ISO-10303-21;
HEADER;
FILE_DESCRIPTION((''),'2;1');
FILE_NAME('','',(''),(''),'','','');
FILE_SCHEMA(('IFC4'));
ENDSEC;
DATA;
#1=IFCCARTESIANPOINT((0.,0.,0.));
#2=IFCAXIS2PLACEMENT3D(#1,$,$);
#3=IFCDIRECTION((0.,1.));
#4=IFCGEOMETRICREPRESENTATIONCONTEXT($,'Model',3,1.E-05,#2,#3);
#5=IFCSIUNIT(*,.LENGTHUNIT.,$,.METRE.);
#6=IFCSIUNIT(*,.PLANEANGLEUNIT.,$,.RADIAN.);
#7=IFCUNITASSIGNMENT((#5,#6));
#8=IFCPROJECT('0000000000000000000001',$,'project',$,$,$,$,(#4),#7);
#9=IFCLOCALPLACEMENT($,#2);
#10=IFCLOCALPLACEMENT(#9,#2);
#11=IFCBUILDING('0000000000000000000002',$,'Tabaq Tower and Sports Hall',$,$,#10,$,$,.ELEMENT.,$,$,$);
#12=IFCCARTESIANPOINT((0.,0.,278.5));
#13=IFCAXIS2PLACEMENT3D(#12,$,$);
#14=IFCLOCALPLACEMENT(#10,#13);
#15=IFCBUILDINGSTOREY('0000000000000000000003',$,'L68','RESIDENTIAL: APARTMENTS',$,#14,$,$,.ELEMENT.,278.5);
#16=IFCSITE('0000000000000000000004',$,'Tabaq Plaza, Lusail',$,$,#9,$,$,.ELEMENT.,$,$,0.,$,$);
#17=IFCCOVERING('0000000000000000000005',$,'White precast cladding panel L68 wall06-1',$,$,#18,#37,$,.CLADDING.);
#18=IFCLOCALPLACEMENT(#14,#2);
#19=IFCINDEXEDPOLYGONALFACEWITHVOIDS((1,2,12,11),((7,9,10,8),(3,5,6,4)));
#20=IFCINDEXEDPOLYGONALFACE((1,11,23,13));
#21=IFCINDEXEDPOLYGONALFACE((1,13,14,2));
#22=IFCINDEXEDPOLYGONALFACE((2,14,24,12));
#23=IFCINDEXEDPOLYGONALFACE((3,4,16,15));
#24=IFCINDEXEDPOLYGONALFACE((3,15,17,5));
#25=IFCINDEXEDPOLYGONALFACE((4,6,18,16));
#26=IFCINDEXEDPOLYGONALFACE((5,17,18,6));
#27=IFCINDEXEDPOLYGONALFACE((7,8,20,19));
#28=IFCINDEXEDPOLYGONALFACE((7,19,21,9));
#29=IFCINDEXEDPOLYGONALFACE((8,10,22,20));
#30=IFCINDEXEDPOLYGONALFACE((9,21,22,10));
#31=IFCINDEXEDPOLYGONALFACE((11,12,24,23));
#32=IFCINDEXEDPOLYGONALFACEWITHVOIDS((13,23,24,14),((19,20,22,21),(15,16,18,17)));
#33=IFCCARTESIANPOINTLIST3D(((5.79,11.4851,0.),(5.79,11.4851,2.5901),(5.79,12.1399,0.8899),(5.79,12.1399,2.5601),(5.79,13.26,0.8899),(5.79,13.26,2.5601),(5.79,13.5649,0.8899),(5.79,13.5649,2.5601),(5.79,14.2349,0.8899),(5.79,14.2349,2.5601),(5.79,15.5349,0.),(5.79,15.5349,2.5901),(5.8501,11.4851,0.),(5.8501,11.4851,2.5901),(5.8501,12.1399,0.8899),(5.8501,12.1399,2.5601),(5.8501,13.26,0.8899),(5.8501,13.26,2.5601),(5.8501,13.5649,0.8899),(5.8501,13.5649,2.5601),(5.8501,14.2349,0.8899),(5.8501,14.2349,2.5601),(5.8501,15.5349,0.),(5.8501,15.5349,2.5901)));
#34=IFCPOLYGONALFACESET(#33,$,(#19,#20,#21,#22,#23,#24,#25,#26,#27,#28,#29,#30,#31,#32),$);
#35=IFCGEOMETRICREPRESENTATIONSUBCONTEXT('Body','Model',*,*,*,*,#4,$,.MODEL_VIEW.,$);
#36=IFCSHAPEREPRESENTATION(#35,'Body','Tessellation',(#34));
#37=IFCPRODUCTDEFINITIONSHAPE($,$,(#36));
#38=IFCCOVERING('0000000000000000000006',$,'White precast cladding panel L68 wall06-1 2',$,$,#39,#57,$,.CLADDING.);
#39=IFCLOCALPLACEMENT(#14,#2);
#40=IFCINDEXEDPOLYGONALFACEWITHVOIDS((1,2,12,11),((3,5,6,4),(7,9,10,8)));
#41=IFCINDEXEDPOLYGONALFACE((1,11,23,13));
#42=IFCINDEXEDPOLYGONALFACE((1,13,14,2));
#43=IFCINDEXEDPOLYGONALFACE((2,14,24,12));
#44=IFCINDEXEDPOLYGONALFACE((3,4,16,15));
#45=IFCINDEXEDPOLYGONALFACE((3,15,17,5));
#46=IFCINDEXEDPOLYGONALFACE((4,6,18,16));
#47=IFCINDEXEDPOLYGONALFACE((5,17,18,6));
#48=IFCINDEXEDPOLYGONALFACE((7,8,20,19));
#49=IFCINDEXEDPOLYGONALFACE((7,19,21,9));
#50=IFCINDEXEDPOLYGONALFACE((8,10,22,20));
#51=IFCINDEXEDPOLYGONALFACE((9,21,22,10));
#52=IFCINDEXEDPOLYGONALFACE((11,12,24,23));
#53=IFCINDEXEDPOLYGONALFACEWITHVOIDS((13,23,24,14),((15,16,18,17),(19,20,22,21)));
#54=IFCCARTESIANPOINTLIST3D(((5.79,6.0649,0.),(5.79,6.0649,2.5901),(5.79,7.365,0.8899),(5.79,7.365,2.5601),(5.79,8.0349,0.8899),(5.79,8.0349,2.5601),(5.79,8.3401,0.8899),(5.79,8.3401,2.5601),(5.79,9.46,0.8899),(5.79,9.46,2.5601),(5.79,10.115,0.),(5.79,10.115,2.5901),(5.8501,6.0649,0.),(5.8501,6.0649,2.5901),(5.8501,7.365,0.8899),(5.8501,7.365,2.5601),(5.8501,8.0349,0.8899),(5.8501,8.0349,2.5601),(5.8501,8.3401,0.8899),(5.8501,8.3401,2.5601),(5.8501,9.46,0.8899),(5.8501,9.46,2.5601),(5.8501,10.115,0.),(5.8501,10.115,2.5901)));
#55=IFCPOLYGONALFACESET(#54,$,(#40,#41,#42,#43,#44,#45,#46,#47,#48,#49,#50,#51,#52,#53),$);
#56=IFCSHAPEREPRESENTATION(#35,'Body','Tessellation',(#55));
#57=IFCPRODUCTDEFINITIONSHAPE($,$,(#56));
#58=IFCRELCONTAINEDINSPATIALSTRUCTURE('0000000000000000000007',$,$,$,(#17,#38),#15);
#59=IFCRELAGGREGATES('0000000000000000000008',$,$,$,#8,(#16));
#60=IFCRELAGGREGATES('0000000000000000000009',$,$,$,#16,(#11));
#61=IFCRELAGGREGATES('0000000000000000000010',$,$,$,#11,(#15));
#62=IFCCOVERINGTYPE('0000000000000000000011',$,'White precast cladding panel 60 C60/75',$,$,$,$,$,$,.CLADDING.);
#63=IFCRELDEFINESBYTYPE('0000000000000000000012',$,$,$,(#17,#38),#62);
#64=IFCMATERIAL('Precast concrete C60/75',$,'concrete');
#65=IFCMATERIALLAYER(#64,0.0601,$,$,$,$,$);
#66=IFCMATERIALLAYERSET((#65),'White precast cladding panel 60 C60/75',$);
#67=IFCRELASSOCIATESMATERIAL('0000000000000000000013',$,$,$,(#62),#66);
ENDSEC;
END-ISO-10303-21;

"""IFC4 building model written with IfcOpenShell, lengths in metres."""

from ifc_helpers import new_model, si_unit, direction, frame, origin, place, context, subcontext, project, spatial, polyline, outline, extrude, material, layer, layer_set, type_object, element, save


model = new_model("IFC4")

# Units and contexts
model_context = context("Model", 3, precision=1e-05, world=origin(), true_north=direction((0.0, 1.0)))
body_context = subcontext(model_context, "Body", "Model", "MODEL_VIEW")
ifc_project = project(units=[si_unit("LENGTHUNIT", "METRE"), si_unit("PLANEANGLEUNIT", "RADIAN")], contexts=[model_context])

# Site, building, storey
site_placement = place(None, origin())
site = spatial("IfcSite", under=ifc_project, at=site_placement, Name="Tabaq Plaza, Lusail", CompositionType="ELEMENT", RefElevation=0.0)
building_placement = place(site_placement, origin())
building = spatial("IfcBuilding", under=site, at=building_placement, Name="Tabaq Tower and Sports Hall", CompositionType="ELEMENT")
storey_placement = place(building_placement, frame((0.0, 0.0, 278.5)))
storey = spatial("IfcBuildingStorey", under=building, at=storey_placement, Name="L68", Description="RESIDENTIAL: APARTMENTS", CompositionType="ELEMENT", Elevation=278.5)

# Coverings
ifc_material_1 = material(Name="Precast concrete C60/75", Category="concrete")
ifc_layer_1 = layer(ifc_material_1, 0.0601)
ifc_layer_set_1 = layer_set([ifc_layer_1], Name="White precast cladding panel 60 C60/75")
covering_type = type_object("IfcCoveringType", Name="White precast cladding panel 60 C60/75", PredefinedType="CLADDING", material=ifc_layer_set_1)
covering_1_placement = place(storey_placement, frame((5.8201, 15.5349, 0.0), z_axis=(0.0, 0.0, 1.0), x_axis=(0.0, -1.0, 0.0)))
element("IfcCovering", 1, at=covering_1_placement, inside=storey, type_object=covering_type, Name="White precast cladding panel L68 wall06-1", PredefinedType="CLADDING", context=body_context, shape_type="SweptSolid", body=[
    extrude(outline(polyline([(0.0, 0.0), (4.0498, 0.0), (4.0498, 2.5901), (0.0, 2.5901), (0.0, 0.0)]), holes=[polyline([(1.3, 0.8899), (1.3, 2.5601), (1.97, 2.5601), (1.97, 0.8899), (1.3, 0.8899)]), polyline([(2.2749, 0.8899), (2.2749, 2.5601), (3.395, 2.5601), (3.395, 0.8899), (2.2749, 0.8899)])]), frame((0.0, 0.03, 0.0), z_axis=(0.0, -1.0, 0.0), x_axis=(1.0, 0.0, 0.0)), (0.0, 0.0, 1.0), 0.0601),
])
covering_2_placement = place(storey_placement, frame((5.8201, 10.115, 0.0), z_axis=(0.0, 0.0, 1.0), x_axis=(0.0, -1.0, 0.0)))
element("IfcCovering", 2, at=covering_2_placement, inside=storey, type_object=covering_type, Name="White precast cladding panel L68 wall06-1 2", PredefinedType="CLADDING", context=body_context, shape_type="SweptSolid", body=[
    extrude(outline(polyline([(0.0, 0.0), (4.05, 0.0), (4.05, 2.5901), (0.0, 2.5901), (0.0, 0.0)]), holes=[polyline([(0.655, 0.8899), (0.655, 2.5601), (1.7749, 2.5601), (1.7749, 0.8899), (0.655, 0.8899)]), polyline([(2.0801, 0.8899), (2.0801, 2.5601), (2.75, 2.5601), (2.75, 0.8899), (2.0801, 0.8899)])]), frame((0.0, 0.03, 0.0), z_axis=(0.0, -1.0, 0.0), x_axis=(1.0, 0.0, 0.0)), (0.0, 0.0, 1.0), 0.0601),
])

save(model, "model.ifc")
